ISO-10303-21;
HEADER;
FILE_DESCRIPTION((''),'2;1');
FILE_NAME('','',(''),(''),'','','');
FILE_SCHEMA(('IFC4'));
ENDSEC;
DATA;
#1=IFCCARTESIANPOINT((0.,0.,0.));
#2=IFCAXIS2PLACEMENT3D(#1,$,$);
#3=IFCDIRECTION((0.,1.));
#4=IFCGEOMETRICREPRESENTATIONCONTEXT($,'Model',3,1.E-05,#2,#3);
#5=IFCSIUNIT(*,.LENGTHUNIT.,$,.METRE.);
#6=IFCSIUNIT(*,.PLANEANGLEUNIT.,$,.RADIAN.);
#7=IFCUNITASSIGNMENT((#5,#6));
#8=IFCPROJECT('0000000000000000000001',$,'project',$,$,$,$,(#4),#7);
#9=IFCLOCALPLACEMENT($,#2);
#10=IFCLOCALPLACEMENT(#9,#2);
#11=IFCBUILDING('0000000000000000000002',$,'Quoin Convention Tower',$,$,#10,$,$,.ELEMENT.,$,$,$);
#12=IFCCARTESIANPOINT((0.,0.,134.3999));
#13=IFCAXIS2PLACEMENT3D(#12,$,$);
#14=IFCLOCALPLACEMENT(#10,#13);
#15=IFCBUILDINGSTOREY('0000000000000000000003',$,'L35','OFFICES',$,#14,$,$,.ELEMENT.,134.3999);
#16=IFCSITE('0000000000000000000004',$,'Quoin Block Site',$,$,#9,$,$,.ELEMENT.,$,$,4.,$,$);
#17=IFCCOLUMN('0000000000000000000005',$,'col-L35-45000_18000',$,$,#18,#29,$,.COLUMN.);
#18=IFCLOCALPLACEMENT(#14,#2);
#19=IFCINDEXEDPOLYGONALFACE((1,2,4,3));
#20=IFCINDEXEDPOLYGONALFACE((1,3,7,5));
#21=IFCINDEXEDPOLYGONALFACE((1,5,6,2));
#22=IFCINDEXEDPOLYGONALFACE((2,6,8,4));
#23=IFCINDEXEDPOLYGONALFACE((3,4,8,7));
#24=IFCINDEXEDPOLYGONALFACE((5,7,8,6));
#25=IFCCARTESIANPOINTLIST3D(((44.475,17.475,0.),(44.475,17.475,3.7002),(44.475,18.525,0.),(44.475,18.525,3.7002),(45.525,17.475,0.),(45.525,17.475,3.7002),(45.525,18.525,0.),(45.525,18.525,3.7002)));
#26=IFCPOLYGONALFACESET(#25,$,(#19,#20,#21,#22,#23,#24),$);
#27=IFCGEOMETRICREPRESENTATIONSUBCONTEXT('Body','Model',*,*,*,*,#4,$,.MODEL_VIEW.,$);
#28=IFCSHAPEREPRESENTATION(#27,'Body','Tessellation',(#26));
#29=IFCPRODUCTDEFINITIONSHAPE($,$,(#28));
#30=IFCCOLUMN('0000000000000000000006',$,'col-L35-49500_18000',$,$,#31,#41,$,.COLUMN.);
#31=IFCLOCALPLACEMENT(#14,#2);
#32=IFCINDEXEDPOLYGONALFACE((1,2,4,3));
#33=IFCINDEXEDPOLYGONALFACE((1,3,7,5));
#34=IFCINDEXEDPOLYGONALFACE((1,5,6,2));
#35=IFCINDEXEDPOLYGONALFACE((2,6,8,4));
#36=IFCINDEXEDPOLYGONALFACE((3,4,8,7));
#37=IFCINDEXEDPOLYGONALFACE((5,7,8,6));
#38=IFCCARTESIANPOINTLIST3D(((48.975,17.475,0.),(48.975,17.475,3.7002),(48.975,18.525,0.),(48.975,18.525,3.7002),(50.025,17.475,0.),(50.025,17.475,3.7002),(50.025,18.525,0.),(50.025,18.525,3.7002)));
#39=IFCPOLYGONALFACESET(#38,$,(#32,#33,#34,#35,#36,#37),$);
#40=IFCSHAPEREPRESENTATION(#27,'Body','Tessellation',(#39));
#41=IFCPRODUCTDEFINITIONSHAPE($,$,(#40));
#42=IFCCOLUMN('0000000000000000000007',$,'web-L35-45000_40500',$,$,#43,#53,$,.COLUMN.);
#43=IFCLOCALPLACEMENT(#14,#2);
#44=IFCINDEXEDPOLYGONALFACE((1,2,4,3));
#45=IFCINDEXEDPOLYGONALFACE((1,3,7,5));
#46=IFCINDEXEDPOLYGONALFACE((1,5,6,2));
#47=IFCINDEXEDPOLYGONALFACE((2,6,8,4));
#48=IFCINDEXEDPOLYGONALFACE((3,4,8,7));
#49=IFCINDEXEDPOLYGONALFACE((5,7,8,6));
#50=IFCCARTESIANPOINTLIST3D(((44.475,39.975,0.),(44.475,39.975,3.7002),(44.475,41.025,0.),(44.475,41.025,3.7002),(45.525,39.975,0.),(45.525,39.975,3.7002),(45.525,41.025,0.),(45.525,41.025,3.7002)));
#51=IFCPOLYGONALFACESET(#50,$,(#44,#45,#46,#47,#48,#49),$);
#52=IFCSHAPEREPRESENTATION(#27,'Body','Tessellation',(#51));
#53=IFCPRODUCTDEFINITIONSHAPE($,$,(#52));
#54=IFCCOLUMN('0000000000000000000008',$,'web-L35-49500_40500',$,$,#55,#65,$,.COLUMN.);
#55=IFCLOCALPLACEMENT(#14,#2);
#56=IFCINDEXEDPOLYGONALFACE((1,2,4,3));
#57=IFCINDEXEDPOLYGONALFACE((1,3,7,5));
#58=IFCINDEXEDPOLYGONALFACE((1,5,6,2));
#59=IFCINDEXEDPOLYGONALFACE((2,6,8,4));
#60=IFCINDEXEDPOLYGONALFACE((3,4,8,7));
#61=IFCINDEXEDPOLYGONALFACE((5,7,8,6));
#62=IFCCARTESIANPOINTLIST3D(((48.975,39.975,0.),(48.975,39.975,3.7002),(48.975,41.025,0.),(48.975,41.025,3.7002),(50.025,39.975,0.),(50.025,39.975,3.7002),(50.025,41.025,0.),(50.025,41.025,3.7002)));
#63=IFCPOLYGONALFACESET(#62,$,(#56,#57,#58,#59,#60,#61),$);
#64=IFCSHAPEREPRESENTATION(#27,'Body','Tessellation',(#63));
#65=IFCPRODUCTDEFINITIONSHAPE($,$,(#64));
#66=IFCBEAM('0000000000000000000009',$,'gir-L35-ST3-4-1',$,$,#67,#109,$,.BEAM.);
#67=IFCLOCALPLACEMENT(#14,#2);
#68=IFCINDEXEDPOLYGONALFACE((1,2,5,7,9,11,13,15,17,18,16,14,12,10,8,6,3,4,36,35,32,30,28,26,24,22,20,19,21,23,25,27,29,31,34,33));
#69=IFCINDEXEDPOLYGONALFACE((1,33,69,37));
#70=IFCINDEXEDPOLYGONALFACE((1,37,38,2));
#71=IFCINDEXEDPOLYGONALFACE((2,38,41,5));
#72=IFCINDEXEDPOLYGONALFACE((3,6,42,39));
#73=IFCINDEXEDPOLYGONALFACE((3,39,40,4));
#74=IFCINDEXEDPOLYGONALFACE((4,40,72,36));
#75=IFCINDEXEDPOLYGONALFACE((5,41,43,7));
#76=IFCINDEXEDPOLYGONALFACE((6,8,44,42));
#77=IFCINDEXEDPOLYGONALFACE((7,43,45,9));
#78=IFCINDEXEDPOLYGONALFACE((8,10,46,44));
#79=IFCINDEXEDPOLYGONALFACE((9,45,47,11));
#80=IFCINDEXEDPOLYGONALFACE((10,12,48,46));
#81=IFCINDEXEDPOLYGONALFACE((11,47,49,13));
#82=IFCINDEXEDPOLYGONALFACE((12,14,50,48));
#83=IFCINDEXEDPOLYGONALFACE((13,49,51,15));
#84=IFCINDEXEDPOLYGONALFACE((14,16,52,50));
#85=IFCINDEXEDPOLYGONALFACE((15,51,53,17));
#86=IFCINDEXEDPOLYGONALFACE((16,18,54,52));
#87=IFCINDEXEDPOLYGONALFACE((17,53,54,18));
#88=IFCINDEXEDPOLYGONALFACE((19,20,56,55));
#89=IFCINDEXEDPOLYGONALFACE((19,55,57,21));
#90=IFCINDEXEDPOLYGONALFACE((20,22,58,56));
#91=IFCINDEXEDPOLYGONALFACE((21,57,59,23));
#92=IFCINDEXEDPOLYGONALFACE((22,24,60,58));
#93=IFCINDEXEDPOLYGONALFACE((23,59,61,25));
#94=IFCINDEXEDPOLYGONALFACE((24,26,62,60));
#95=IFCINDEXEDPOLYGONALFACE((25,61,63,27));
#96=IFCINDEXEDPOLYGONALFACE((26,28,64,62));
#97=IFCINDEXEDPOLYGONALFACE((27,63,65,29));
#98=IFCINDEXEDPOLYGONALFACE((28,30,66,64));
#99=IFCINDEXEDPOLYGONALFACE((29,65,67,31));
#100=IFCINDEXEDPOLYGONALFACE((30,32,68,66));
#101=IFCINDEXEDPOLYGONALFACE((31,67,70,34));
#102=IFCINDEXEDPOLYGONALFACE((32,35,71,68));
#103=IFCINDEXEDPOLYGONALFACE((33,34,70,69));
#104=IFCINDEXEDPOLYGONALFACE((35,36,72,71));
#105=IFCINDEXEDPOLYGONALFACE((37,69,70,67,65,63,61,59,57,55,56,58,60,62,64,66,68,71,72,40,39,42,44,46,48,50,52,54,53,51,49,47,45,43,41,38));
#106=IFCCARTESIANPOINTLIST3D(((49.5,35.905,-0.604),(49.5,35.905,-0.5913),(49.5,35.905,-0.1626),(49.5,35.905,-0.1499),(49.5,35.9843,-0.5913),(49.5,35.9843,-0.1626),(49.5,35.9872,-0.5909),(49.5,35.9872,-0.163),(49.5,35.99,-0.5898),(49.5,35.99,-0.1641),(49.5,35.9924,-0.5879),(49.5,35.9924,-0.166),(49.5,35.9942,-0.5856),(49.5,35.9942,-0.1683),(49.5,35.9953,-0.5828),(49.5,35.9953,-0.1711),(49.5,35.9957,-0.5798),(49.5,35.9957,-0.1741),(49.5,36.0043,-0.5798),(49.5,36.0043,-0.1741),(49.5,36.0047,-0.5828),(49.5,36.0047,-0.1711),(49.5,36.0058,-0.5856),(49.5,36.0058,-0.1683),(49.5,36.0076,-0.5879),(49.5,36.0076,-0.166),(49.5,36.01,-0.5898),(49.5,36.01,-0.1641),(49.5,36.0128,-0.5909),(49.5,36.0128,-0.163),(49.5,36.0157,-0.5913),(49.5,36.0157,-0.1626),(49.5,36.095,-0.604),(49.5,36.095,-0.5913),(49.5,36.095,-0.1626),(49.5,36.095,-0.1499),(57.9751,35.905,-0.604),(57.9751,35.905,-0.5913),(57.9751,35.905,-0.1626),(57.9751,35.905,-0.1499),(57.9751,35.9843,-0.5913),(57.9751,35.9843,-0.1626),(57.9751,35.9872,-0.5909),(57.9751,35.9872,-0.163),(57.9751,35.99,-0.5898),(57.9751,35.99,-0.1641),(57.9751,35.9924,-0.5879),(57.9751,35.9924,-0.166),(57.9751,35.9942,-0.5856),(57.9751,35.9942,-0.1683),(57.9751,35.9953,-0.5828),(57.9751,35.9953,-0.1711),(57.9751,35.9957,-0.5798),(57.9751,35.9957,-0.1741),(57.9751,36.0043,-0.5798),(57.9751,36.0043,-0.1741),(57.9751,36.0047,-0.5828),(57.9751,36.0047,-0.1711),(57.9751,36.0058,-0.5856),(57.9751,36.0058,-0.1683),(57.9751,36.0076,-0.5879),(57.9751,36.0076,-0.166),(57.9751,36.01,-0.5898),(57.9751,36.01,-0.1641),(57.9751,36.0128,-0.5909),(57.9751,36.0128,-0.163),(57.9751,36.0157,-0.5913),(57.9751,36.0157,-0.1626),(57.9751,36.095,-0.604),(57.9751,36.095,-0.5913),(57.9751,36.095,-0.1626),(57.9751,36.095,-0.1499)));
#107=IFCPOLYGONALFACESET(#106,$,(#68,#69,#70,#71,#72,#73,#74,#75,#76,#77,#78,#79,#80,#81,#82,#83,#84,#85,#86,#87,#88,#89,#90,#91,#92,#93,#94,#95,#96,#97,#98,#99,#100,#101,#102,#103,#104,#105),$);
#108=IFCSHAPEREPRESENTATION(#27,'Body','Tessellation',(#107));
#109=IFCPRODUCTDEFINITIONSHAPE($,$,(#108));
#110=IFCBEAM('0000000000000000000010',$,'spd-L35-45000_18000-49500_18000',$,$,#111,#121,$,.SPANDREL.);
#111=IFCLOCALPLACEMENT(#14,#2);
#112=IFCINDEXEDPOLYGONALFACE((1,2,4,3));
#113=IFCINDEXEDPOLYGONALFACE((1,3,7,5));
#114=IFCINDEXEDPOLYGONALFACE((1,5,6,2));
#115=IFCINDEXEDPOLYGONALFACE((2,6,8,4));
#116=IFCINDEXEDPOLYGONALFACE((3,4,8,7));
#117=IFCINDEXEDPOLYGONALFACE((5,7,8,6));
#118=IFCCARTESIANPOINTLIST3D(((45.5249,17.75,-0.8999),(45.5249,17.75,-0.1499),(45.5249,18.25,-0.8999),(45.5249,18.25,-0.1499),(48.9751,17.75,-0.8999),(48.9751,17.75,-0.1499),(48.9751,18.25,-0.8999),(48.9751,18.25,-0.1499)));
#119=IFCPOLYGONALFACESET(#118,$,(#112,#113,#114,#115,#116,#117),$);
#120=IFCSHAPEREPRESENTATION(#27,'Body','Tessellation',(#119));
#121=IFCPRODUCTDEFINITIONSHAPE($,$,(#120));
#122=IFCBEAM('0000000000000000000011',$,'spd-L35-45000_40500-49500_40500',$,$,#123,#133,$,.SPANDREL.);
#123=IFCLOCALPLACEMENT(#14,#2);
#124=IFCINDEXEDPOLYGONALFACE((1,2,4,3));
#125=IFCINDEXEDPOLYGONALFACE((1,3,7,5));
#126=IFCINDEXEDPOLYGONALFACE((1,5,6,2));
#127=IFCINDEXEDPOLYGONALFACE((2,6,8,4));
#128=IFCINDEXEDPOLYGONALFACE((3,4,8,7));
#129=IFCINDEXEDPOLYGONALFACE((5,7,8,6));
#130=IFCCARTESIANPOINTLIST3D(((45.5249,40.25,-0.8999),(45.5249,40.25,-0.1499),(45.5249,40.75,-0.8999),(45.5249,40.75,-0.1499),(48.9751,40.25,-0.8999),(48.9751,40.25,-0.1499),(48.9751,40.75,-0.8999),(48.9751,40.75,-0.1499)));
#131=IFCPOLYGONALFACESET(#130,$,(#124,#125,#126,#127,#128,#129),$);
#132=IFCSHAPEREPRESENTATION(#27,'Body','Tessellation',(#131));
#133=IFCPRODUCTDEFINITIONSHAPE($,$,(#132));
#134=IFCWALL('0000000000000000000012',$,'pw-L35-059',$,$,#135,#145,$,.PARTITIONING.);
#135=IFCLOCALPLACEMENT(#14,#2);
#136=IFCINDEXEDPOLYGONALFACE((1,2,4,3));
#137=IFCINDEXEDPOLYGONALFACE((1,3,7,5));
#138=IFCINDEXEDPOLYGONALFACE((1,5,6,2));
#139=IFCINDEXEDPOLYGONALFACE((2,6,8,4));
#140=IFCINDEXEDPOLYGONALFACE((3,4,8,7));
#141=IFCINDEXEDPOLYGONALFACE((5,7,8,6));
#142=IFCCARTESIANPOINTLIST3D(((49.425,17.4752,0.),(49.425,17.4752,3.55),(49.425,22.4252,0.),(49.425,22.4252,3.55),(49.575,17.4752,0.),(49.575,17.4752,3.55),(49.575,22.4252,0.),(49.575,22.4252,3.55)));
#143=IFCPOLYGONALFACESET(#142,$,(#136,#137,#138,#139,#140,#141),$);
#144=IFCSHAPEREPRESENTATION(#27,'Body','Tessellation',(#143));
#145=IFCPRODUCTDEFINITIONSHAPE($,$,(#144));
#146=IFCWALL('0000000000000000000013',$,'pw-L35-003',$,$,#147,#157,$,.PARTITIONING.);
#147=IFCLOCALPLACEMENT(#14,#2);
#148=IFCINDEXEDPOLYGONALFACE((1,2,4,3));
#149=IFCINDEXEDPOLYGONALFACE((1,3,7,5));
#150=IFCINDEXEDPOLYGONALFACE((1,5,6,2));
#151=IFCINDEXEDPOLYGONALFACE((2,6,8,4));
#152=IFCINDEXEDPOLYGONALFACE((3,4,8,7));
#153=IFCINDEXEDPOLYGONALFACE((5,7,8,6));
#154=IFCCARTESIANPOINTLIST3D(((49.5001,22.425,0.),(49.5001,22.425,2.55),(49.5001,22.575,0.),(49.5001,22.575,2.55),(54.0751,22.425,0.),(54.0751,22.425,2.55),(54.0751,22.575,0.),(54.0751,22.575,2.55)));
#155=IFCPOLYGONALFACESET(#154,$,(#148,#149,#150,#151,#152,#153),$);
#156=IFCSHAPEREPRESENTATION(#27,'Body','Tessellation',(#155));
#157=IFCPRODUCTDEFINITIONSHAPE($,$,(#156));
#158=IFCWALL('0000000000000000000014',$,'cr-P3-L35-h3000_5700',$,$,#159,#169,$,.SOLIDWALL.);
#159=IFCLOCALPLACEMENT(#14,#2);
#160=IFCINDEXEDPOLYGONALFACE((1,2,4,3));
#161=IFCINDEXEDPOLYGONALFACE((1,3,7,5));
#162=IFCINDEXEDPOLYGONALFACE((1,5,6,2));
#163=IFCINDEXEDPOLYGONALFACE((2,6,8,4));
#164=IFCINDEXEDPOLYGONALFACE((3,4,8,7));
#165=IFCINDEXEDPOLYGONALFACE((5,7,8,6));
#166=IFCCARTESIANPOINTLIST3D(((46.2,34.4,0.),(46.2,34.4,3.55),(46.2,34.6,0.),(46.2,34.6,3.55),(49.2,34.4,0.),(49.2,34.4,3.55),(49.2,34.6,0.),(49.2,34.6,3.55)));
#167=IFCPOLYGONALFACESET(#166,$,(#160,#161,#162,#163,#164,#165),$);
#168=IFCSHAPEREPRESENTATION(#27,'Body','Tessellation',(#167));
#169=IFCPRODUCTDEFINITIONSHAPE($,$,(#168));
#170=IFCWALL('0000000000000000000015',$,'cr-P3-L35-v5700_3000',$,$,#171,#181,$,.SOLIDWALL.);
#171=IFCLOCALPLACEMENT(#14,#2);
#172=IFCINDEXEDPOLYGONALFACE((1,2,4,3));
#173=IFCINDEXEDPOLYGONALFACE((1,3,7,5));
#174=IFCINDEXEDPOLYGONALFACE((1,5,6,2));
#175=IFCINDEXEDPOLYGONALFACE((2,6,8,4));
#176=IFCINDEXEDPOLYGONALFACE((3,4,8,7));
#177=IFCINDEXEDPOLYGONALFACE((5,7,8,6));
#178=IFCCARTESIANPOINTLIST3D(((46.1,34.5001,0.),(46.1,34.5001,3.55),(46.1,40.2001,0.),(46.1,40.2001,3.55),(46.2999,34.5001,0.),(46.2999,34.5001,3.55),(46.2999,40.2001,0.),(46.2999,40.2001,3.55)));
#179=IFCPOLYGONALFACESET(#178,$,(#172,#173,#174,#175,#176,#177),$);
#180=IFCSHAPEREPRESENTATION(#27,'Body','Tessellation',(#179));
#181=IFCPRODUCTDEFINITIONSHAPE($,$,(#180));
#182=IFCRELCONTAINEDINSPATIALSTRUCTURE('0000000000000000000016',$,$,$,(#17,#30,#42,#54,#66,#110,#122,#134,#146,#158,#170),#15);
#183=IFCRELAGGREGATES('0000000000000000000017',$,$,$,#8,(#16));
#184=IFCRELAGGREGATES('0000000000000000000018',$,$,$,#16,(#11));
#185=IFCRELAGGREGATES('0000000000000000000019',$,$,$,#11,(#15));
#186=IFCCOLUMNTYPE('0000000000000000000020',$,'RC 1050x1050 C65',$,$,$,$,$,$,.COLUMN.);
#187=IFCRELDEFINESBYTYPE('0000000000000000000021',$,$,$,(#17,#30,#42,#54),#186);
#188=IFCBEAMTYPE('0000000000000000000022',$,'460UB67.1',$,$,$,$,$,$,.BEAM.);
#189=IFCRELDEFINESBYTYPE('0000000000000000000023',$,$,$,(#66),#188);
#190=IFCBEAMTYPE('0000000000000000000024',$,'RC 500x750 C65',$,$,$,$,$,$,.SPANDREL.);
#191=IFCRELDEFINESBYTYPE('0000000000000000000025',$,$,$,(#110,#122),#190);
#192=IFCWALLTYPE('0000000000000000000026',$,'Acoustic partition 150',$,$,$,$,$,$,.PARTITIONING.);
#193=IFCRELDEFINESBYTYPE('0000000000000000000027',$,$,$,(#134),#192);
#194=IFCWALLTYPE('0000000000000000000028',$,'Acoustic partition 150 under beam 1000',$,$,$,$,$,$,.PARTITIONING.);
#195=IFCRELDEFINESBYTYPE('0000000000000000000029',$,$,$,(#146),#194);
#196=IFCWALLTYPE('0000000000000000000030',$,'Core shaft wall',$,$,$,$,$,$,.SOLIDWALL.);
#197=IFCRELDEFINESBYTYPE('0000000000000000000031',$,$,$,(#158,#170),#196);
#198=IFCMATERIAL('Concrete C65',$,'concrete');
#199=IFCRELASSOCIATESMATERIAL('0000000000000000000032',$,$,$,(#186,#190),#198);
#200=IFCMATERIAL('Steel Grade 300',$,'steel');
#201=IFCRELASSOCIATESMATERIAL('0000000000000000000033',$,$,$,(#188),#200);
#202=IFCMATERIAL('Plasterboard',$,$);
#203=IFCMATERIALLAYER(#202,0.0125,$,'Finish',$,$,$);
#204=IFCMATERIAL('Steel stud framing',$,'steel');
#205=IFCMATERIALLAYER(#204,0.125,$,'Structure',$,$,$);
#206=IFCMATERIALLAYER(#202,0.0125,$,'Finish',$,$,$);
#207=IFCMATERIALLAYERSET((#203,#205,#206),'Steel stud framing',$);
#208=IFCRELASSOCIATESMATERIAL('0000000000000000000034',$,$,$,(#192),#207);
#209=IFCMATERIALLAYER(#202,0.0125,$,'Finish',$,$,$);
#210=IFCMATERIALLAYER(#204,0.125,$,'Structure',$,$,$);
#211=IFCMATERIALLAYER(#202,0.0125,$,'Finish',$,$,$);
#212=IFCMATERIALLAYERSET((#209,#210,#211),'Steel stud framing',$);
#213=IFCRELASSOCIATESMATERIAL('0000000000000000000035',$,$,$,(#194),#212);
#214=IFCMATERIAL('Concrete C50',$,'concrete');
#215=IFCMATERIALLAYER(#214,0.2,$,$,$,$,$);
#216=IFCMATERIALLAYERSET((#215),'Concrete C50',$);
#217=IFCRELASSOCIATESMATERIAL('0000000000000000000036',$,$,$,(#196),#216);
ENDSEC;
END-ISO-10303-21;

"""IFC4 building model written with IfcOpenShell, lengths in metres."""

from ifc_helpers import new_model, si_unit, direction, frame, frame_2d, origin, origin_2d, place, context, subcontext, project, spatial, rectangle, i_section, extrude, material, layer, layer_set, material_profile, profile_set, type_object, element, save


model = new_model("IFC4")

# Units and contexts
model_context = context("Model", 3, precision=1e-05, world=origin(), true_north=direction((0.0, 1.0)))
body_context = subcontext(model_context, "Body", "Model", "MODEL_VIEW")
ifc_project = project(units=[si_unit("LENGTHUNIT", "METRE"), si_unit("PLANEANGLEUNIT", "RADIAN")], contexts=[model_context])

# Site, building, storey
site_placement = place(None, origin())
site = spatial("IfcSite", under=ifc_project, at=site_placement, Name="Quoin Block Site", CompositionType="ELEMENT", RefElevation=4.0)
building_placement = place(site_placement, origin())
building = spatial("IfcBuilding", under=site, at=building_placement, Name="Quoin Convention Tower", CompositionType="ELEMENT")
storey_placement = place(building_placement, frame((0.0, 0.0, 134.3999)))
storey = spatial("IfcBuildingStorey", under=building, at=storey_placement, Name="L35", Description="OFFICES", CompositionType="ELEMENT", Elevation=134.3999)

# Columns
ifc_material_1 = material(Name="Concrete C65", Category="concrete")
ifc_material_profile_1 = material_profile(ifc_material_1, rectangle(XDim=1.05, YDim=1.05, at=origin_2d()), Name="RC 1050x1050")
ifc_profile_set_1 = profile_set([ifc_material_profile_1], Name="Concrete C65")
column_type = type_object("IfcColumnType", Name="RC 1050x1050 C65", PredefinedType="COLUMN", material=ifc_profile_set_1)
for number, where, z_axis, x_axis, name in (
    (1, (45.0, 18.0, 0.0), (0.0, 0.0, 1.0), (1.0, 0.0, 0.0), "col-L35-45000_18000"),
    (2, (49.5, 18.0, 0.0), (0.0, 0.0, 1.0), (1.0, 0.0, 0.0), "col-L35-49500_18000"),
    (3, (45.0, 40.5, 0.0), (0.0, 0.0, 1.0), (1.0, 0.0, 0.0), "web-L35-45000_40500"),
    (4, (49.5, 40.5, 0.0), (0.0, 0.0, 1.0), (1.0, 0.0, 0.0), "web-L35-49500_40500"),
):
    element("IfcColumn", number, at=place(storey_placement, frame(where, z_axis=z_axis, x_axis=x_axis)), inside=storey, type_object=column_type, Name=name, PredefinedType="COLUMN", context=body_context, shape_type="SweptSolid", body=[
        extrude(rectangle(XDim=1.05, YDim=1.05, at=origin_2d()), origin(), (0.0, 0.0, 1.0), 3.7002),
    ])

# Beams
ifc_material_2 = material(Name="Steel Grade 300", Category="steel")
ifc_material_profile_2 = material_profile(ifc_material_2, i_section(OverallWidth=0.1899, OverallDepth=0.4541, WebThickness=0.0085, FlangeThickness=0.0127, FilletRadius=0.0115, at=origin_2d()), Name="460UB67.1")
ifc_profile_set_2 = profile_set([ifc_material_profile_2], Name="Steel Grade 300")
beam_type_1 = type_object("IfcBeamType", Name="460UB67.1", PredefinedType="BEAM", material=ifc_profile_set_2)
beam_placement = place(storey_placement, frame((49.5, 36.0, -0.377), z_axis=(1.0, 0.0, 0.0), x_axis=(0.0, 1.0, 0.0)))
element("IfcBeam", 5, at=beam_placement, inside=storey, type_object=beam_type_1, Name="gir-L35-ST3-4-1", PredefinedType="BEAM", context=body_context, shape_type="SweptSolid", body=[
    extrude(i_section(OverallWidth=0.1899, OverallDepth=0.4541, WebThickness=0.0085, FlangeThickness=0.0127, FilletRadius=0.0115, at=origin_2d()), origin(), (0.0, 0.0, 1.0), 8.4751),
])
ifc_material_profile_3 = material_profile(ifc_material_1, rectangle(XDim=0.5, YDim=0.75, at=origin_2d()), Name="RC 500x750")
ifc_profile_set_3 = profile_set([ifc_material_profile_3], Name="Concrete C65")
beam_type_2 = type_object("IfcBeamType", Name="RC 500x750 C65", PredefinedType="SPANDREL", material=ifc_profile_set_3)
for number, where, z_axis, x_axis, name in (
    (6, (45.5249, 18.0, -0.5249), (1.0, 0.0, 0.0), (0.0, 1.0, 0.0), "spd-L35-45000_18000-49500_18000"),
    (7, (45.5249, 40.5, -0.5249), (1.0, 0.0, 0.0), (0.0, 1.0, 0.0), "spd-L35-45000_40500-49500_40500"),
):
    element("IfcBeam", number, at=place(storey_placement, frame(where, z_axis=z_axis, x_axis=x_axis)), inside=storey, type_object=beam_type_2, Name=name, PredefinedType="SPANDREL", context=body_context, shape_type="SweptSolid", body=[
        extrude(rectangle(XDim=0.5, YDim=0.75, at=origin_2d()), origin(), (0.0, 0.0, 1.0), 3.4502),
    ])

# Walls
ifc_material_3 = material(Name="Plasterboard")
ifc_layer_1 = layer(ifc_material_3, 0.0125, Name="Finish")
ifc_material_4 = material(Name="Steel stud framing", Category="steel")
ifc_layer_2 = layer(ifc_material_4, 0.125, Name="Structure")
ifc_layer_3 = layer(ifc_material_3, 0.0125, Name="Finish")
ifc_layer_set_1 = layer_set([ifc_layer_1, ifc_layer_2, ifc_layer_3], Name="Steel stud framing")
wall_type_1 = type_object("IfcWallType", Name="Acoustic partition 150", PredefinedType="PARTITIONING", material=ifc_layer_set_1)
wall_1_placement = place(storey_placement, frame((49.5, 17.4751, 0.0), z_axis=(0.0, 0.0, 1.0), x_axis=(0.0, 1.0, 0.0)))
element("IfcWall", 8, at=wall_1_placement, inside=storey, type_object=wall_type_1, Name="pw-L35-059", PredefinedType="PARTITIONING", context=body_context, shape_type="SweptSolid", body=[
    extrude(rectangle(XDim=4.95, YDim=0.1499, at=frame_2d((2.4751, 0.0))), origin(), (0.0, 0.0, 1.0), 3.55),
])
ifc_layer_4 = layer(ifc_material_3, 0.0125, Name="Finish")
ifc_layer_5 = layer(ifc_material_4, 0.125, Name="Structure")
ifc_layer_6 = layer(ifc_material_3, 0.0125, Name="Finish")
ifc_layer_set_2 = layer_set([ifc_layer_4, ifc_layer_5, ifc_layer_6], Name="Steel stud framing")
wall_type_2 = type_object("IfcWallType", Name="Acoustic partition 150 under beam 1000", PredefinedType="PARTITIONING", material=ifc_layer_set_2)
wall_2_placement = place(storey_placement, frame((49.5, 22.5, 0.0), z_axis=(0.0, 0.0, 1.0), x_axis=(1.0, 0.0, 0.0)))
element("IfcWall", 9, at=wall_2_placement, inside=storey, type_object=wall_type_2, Name="pw-L35-003", PredefinedType="PARTITIONING", context=body_context, shape_type="SweptSolid", body=[
    extrude(rectangle(XDim=4.575, YDim=0.1499, at=frame_2d((2.2876, 0.0))), origin(), (0.0, 0.0, 1.0), 2.55),
])
ifc_material_5 = material(Name="Concrete C50", Category="concrete")
ifc_layer_7 = layer(ifc_material_5, 0.2)
ifc_layer_set_3 = layer_set([ifc_layer_7], Name="Concrete C50")
wall_type_3 = type_object("IfcWallType", Name="Core shaft wall", PredefinedType="SOLIDWALL", material=ifc_layer_set_3)
wall_3_placement = place(storey_placement, frame((46.2, 34.5, 0.0), z_axis=(0.0, 0.0, 1.0), x_axis=(1.0, 0.0, 0.0)))
element("IfcWall", 10, at=wall_3_placement, inside=storey, type_object=wall_type_3, Name="cr-P3-L35-h3000_5700", PredefinedType="SOLIDWALL", context=body_context, shape_type="SweptSolid", body=[
    extrude(rectangle(XDim=3.0, YDim=0.2, at=frame_2d((1.5, 0.0))), origin(), (0.0, 0.0, 1.0), 3.55),
])
wall_4_placement = place(storey_placement, frame((46.2, 34.5, 0.0), z_axis=(0.0, 0.0, 1.0), x_axis=(0.0, 1.0, 0.0)))
element("IfcWall", 11, at=wall_4_placement, inside=storey, type_object=wall_type_3, Name="cr-P3-L35-v5700_3000", PredefinedType="SOLIDWALL", context=body_context, shape_type="SweptSolid", body=[
    extrude(rectangle(XDim=5.7, YDim=0.2, at=frame_2d((2.8501, 0.0))), origin(), (0.0, 0.0, 1.0), 3.55),
])

save(model, "model.ifc")
